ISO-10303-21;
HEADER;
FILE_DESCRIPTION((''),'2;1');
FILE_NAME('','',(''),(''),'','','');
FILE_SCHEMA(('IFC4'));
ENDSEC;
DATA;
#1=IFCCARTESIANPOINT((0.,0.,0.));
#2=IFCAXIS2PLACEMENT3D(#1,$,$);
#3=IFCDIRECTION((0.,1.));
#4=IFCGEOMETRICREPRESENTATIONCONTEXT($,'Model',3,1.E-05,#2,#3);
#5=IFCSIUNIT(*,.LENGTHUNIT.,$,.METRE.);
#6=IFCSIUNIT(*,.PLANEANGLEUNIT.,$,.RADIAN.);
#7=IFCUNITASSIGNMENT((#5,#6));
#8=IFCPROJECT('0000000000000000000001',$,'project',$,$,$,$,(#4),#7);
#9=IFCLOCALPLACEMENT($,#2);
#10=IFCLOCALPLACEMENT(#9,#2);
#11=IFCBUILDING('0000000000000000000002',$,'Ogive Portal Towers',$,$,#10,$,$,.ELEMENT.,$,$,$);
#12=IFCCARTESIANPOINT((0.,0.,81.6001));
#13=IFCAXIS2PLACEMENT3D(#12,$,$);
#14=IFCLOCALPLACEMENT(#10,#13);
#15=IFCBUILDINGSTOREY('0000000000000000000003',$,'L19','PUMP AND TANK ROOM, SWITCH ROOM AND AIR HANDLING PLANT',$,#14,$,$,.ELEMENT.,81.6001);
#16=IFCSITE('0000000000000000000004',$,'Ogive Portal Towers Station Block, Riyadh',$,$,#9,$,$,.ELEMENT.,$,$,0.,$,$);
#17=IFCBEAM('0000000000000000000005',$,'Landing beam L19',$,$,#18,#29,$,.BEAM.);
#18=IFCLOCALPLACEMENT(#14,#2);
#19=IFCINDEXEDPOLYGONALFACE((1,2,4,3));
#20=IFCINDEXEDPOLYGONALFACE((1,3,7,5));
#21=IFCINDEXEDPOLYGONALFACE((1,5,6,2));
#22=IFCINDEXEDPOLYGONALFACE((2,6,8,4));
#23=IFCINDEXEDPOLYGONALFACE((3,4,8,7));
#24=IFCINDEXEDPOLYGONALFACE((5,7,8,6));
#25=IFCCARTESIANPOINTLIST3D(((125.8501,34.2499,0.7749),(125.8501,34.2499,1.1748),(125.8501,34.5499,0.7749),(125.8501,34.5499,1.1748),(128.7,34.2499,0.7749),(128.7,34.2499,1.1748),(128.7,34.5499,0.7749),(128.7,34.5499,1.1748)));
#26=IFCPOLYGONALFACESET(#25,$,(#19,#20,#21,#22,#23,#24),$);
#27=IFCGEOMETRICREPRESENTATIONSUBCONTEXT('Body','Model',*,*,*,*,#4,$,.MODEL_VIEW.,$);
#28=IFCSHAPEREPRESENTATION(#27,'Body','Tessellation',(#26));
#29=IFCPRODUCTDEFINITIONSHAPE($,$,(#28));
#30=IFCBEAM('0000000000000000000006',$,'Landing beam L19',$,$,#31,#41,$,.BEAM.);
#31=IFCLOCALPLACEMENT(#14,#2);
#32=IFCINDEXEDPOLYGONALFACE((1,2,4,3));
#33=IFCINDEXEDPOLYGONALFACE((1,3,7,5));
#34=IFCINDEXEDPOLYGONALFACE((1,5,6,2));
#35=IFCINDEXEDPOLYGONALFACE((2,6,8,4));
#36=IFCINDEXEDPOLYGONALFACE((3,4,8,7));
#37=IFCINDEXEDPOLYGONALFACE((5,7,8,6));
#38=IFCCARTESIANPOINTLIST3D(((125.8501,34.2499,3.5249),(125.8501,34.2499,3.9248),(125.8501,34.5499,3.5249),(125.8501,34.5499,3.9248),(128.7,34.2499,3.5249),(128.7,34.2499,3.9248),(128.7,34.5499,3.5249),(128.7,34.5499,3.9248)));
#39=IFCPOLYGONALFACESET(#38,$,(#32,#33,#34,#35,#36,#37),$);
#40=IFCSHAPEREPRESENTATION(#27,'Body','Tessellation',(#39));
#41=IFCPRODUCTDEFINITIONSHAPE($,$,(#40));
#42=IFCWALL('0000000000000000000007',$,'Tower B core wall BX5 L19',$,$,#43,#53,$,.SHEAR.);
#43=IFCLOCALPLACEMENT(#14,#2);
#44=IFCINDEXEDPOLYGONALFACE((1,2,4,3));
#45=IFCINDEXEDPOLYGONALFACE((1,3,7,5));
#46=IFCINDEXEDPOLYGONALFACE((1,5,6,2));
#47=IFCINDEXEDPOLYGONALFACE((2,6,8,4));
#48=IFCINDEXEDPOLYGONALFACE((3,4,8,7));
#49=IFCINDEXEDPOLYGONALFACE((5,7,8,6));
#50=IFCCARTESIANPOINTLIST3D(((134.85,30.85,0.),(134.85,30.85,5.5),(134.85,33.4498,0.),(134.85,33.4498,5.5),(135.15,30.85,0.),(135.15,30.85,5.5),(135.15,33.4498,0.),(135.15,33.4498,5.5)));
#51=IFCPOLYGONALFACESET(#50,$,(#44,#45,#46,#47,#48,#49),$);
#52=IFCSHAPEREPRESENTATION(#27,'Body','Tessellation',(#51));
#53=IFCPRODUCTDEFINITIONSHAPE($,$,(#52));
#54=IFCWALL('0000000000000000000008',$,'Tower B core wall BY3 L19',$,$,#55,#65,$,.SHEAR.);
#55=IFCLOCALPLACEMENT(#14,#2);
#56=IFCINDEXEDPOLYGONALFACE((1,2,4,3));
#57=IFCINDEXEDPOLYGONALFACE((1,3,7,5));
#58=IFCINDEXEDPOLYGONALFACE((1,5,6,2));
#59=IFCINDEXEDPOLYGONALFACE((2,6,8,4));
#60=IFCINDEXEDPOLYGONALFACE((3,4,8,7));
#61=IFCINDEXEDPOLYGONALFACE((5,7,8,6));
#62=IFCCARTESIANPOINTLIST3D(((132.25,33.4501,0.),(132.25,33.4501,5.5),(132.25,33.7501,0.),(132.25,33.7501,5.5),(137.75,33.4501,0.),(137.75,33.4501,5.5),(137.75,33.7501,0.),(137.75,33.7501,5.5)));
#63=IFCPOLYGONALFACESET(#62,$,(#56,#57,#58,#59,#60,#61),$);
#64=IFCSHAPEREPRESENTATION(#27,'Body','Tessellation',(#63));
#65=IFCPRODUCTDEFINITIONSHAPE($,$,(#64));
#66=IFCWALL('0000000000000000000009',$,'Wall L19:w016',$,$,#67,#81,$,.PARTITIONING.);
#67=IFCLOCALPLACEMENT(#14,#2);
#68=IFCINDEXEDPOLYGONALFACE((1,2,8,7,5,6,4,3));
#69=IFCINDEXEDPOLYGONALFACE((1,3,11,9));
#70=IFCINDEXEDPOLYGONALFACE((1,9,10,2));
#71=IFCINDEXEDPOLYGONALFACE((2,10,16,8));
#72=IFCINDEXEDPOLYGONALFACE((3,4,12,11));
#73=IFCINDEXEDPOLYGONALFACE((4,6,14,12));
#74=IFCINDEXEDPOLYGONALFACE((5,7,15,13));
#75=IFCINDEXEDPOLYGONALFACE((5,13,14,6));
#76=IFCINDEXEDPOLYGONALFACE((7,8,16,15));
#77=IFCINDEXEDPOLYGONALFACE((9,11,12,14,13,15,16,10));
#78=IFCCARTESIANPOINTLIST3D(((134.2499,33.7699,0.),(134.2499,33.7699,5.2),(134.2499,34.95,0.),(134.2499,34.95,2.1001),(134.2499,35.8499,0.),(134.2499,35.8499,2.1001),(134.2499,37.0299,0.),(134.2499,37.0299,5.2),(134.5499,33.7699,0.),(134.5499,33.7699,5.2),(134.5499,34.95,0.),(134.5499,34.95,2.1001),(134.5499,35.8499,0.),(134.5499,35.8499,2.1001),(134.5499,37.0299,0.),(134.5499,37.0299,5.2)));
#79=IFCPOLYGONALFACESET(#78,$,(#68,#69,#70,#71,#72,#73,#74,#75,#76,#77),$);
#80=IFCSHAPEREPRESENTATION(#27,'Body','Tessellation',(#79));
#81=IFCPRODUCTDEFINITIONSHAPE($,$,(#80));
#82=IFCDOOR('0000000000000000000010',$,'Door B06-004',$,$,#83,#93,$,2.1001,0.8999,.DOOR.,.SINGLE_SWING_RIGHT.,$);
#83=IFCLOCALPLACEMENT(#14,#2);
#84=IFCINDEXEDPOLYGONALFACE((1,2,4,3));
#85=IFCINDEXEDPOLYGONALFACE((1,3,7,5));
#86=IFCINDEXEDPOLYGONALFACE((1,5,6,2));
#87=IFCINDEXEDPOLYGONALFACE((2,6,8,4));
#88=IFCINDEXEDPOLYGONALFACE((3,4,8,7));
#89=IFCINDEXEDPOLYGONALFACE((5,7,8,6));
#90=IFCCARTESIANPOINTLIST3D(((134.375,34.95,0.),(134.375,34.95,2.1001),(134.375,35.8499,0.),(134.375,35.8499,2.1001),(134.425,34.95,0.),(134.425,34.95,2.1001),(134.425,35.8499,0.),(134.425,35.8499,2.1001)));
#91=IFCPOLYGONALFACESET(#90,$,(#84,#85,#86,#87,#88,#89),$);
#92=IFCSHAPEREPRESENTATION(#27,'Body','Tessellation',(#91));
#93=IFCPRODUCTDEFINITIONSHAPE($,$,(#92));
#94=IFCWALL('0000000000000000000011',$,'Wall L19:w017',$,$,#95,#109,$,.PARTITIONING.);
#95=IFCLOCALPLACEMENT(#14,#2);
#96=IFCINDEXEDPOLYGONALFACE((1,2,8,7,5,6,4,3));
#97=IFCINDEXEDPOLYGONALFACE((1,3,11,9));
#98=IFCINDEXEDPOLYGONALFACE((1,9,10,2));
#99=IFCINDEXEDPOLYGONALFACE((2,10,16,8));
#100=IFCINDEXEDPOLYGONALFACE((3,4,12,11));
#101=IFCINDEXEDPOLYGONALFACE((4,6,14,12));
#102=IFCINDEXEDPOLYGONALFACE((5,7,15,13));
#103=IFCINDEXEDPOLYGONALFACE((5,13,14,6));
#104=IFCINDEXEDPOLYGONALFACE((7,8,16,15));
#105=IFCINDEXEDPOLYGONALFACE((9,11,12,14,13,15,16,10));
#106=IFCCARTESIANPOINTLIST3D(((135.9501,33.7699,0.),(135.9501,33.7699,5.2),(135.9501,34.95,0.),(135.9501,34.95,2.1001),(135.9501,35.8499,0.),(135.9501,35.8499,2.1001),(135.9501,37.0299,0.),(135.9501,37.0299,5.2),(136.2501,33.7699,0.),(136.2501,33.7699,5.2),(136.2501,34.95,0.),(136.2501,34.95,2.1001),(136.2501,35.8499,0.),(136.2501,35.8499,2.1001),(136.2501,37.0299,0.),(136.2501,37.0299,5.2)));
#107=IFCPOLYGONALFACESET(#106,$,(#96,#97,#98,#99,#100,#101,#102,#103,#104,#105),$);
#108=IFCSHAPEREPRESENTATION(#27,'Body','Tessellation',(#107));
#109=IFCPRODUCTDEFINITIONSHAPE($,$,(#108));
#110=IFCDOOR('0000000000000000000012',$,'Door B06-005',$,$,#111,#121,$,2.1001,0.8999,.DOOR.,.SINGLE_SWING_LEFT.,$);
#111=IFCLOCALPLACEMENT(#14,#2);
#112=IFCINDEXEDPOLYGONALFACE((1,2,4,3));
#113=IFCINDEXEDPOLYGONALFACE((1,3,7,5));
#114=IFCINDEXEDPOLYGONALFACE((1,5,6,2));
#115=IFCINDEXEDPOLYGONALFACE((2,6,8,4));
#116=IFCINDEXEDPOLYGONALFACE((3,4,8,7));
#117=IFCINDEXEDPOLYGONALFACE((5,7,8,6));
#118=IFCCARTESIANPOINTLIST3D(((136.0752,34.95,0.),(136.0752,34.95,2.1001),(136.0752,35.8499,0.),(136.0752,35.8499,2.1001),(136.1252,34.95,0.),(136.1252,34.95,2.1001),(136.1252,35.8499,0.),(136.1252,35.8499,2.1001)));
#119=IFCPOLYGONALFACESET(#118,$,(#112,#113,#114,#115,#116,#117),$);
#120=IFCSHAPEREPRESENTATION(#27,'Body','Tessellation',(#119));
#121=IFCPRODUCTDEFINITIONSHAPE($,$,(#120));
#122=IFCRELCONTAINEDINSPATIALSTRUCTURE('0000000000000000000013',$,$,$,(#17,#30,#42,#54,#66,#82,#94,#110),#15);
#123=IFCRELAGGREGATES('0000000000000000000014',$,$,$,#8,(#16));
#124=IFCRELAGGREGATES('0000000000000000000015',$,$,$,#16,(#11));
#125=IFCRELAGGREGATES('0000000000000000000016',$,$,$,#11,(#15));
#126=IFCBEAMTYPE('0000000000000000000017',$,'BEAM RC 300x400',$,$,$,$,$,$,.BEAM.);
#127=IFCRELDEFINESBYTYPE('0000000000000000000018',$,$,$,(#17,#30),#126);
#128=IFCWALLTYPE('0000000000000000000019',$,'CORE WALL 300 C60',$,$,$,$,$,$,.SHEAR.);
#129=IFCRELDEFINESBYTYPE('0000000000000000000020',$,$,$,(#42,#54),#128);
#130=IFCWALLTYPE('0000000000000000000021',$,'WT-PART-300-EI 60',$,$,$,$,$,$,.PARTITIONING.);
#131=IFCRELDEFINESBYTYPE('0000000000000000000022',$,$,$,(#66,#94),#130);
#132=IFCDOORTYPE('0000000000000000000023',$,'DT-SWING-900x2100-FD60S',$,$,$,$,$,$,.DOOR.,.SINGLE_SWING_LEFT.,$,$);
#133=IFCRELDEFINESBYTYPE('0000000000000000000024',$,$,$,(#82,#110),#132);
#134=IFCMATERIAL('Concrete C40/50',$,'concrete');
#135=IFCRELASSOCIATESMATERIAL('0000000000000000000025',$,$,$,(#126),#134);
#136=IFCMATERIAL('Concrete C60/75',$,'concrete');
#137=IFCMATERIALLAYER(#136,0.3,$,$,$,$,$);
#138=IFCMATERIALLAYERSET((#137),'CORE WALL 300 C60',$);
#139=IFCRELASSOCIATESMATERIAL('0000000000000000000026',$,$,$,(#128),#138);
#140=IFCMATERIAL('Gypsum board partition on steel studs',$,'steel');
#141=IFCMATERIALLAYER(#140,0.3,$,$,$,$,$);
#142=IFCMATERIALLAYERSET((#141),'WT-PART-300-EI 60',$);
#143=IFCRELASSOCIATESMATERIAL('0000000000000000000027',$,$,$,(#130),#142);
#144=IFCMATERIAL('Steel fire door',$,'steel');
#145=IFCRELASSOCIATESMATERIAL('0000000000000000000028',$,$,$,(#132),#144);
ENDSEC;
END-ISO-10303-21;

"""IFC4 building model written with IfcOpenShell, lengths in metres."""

from ifc_helpers import new_model, si_unit, direction, frame, frame_2d, origin, origin_2d, place, context, subcontext, project, spatial, rectangle, extrude, material, layer, layer_set, material_profile, profile_set, type_object, element, fill, save


model = new_model("IFC4")

# Units and contexts
model_context = context("Model", 3, precision=1e-05, world=origin(), true_north=direction((0.0, 1.0)))
body_context = subcontext(model_context, "Body", "Model", "MODEL_VIEW")
ifc_project = project(units=[si_unit("LENGTHUNIT", "METRE"), si_unit("PLANEANGLEUNIT", "RADIAN")], contexts=[model_context])

# Site, building, storey
site_placement = place(None, origin())
site = spatial("IfcSite", under=ifc_project, at=site_placement, Name="Ogive Portal Towers Station Block, Riyadh", CompositionType="ELEMENT", RefElevation=0.0)
building_placement = place(site_placement, origin())
building = spatial("IfcBuilding", under=site, at=building_placement, Name="Ogive Portal Towers", CompositionType="ELEMENT")
storey_placement = place(building_placement, frame((0.0, 0.0, 81.6001)))
storey = spatial("IfcBuildingStorey", under=building, at=storey_placement, Name="L19", Description="PUMP AND TANK ROOM, SWITCH ROOM AND AIR HANDLING PLANT", CompositionType="ELEMENT", Elevation=81.6001)

# Beams
ifc_material_1 = material(Name="Concrete C40/50", Category="concrete")
ifc_material_profile = material_profile(ifc_material_1, rectangle(XDim=0.3, YDim=0.3999, at=origin_2d()), Name="RC 300x400")
ifc_profile_set = profile_set([ifc_material_profile], Name="Concrete C40/50")
beam_type = type_object("IfcBeamType", Name="BEAM RC 300x400", PredefinedType="BEAM", material=ifc_profile_set)
for number, where, z_axis, x_axis, name in (
    (1, (125.8501, 34.3999, 0.9749), (1.0, 0.0, 0.0), (0.0, 1.0, 0.0), "Landing beam L19"),
    (2, (125.8501, 34.3999, 3.7249), (1.0, 0.0, 0.0), (0.0, 1.0, 0.0), "Landing beam L19"),
):
    element("IfcBeam", number, at=place(storey_placement, frame(where, z_axis=z_axis, x_axis=x_axis)), inside=storey, type_object=beam_type, Name=name, PredefinedType="BEAM", context=body_context, shape_type="SweptSolid", body=[
        extrude(rectangle(XDim=0.3, YDim=0.3999, at=origin_2d()), origin(), (0.0, 0.0, 1.0), 2.8499),
    ])

# Walls
ifc_material_2 = material(Name="Concrete C60/75", Category="concrete")
ifc_layer_1 = layer(ifc_material_2, 0.3)
ifc_layer_set_1 = layer_set([ifc_layer_1], Name="CORE WALL 300 C60")
wall_type_1 = type_object("IfcWallType", Name="CORE WALL 300 C60", PredefinedType="SHEAR", material=ifc_layer_set_1)
wall_1_placement = place(storey_placement, frame((135.0, 30.8501, 0.0), z_axis=(0.0, 0.0, 1.0), x_axis=(0.0, 1.0, 0.0)))
element("IfcWall", 3, at=wall_1_placement, inside=storey, type_object=wall_type_1, Name="Tower B core wall BX5 L19", PredefinedType="SHEAR", context=body_context, shape_type="SweptSolid", body=[
    extrude(rectangle(XDim=2.5999, YDim=0.3, at=frame_2d((1.2998, 0.0))), origin(), (0.0, 0.0, 1.0), 5.5),
])
wall_2_placement = place(storey_placement, frame((132.25, 33.6001, 0.0), z_axis=(0.0, 0.0, 1.0), x_axis=(1.0, 0.0, 0.0)))
element("IfcWall", 4, at=wall_2_placement, inside=storey, type_object=wall_type_1, Name="Tower B core wall BY3 L19", PredefinedType="SHEAR", context=body_context, shape_type="SweptSolid", body=[
    extrude(rectangle(XDim=5.5, YDim=0.3, at=frame_2d((2.75, 0.0))), origin(), (0.0, 0.0, 1.0), 5.5),
])

# Walls, openings, doors
ifc_material_3 = material(Name="Gypsum board partition on steel studs", Category="steel")
ifc_layer_2 = layer(ifc_material_3, 0.3)
ifc_layer_set_2 = layer_set([ifc_layer_2], Name="WT-PART-300-EI 60")
wall_type_2 = type_object("IfcWallType", Name="WT-PART-300-EI 60", PredefinedType="PARTITIONING", material=ifc_layer_set_2)
wall_3_placement = place(storey_placement, frame((134.3999, 33.77, 0.0), z_axis=(0.0, 0.0, 1.0), x_axis=(0.0, 1.0, 0.0)))
wall_3 = element("IfcWall", 5, at=wall_3_placement, inside=storey, type_object=wall_type_2, Name="Wall L19:w016", PredefinedType="PARTITIONING", context=body_context, shape_type="SweptSolid", body=[
    extrude(rectangle(XDim=3.26, YDim=0.3, at=frame_2d((1.6299, 0.0))), origin(), (0.0, 0.0, 1.0), 5.2),
])
opening_1_placement = place(wall_3_placement, frame((1.1799, 0.0, 0.0)))
opening_1 = element("IfcOpeningElement", 6, at=opening_1_placement, cuts=wall_3, PredefinedType="OPENING", context=body_context, shape_type="SweptSolid", body=[
    extrude(rectangle(XDim=0.8999, YDim=2.1001, at=frame_2d((0.45, 1.05))), frame((0.0, 0.1602, 0.0), z_axis=(0.0, -1.0, 0.0), x_axis=(1.0, 0.0, 0.0)), (0.0, 0.0, 1.0), 0.3201),
])
ifc_material_4 = material(Name="Steel fire door", Category="steel")
door_type_1 = type_object("IfcDoorType", Name="DT-SWING-900x2100-FD60S", OperationType="SINGLE_SWING_LEFT", PredefinedType="DOOR", material=ifc_material_4)
door_1_placement = place(opening_1_placement, origin())
door_1 = element("IfcDoor", 7, at=door_1_placement, inside=storey, type_object=door_type_1, Name="Door B06-004", OperationType="SINGLE_SWING_RIGHT", OverallHeight=2.1001, OverallWidth=0.8999, PredefinedType="DOOR", context=body_context, shape_type="SweptSolid", body=[
    extrude(rectangle(XDim=0.8999, YDim=2.1001, at=frame_2d((0.45, 1.05))), frame((0.0, 0.0249, 0.0), z_axis=(0.0, -1.0, 0.0), x_axis=(1.0, 0.0, 0.0)), (0.0, 0.0, 1.0), 0.05),
])
fill(opening_1, door_1)
wall_4_placement = place(storey_placement, frame((136.1001, 33.77, 0.0), z_axis=(0.0, 0.0, 1.0), x_axis=(0.0, 1.0, 0.0)))
wall_4 = element("IfcWall", 8, at=wall_4_placement, inside=storey, type_object=wall_type_2, Name="Wall L19:w017", PredefinedType="PARTITIONING", context=body_context, shape_type="SweptSolid", body=[
    extrude(rectangle(XDim=3.26, YDim=0.3, at=frame_2d((1.6299, 0.0))), origin(), (0.0, 0.0, 1.0), 5.2),
])
opening_2_placement = place(wall_4_placement, frame((1.1799, 0.0, 0.0)))
opening_2 = element("IfcOpeningElement", 9, at=opening_2_placement, cuts=wall_4, PredefinedType="OPENING", context=body_context, shape_type="SweptSolid", body=[
    extrude(rectangle(XDim=0.8999, YDim=2.1001, at=frame_2d((0.45, 1.05))), frame((0.0, 0.1602, 0.0), z_axis=(0.0, -1.0, 0.0), x_axis=(1.0, 0.0, 0.0)), (0.0, 0.0, 1.0), 0.3201),
])
door_2_placement = place(opening_2_placement, origin())
door_2 = element("IfcDoor", 10, at=door_2_placement, inside=storey, type_object=door_type_1, Name="Door B06-005", OperationType="SINGLE_SWING_LEFT", OverallHeight=2.1001, OverallWidth=0.8999, PredefinedType="DOOR", context=body_context, shape_type="SweptSolid", body=[
    extrude(rectangle(XDim=0.8999, YDim=2.1001, at=frame_2d((0.45, 1.05))), frame((0.0, 0.0249, 0.0), z_axis=(0.0, -1.0, 0.0), x_axis=(1.0, 0.0, 0.0)), (0.0, 0.0, 1.0), 0.05),
])
fill(opening_2, door_2)

save(model, "model.ifc")
